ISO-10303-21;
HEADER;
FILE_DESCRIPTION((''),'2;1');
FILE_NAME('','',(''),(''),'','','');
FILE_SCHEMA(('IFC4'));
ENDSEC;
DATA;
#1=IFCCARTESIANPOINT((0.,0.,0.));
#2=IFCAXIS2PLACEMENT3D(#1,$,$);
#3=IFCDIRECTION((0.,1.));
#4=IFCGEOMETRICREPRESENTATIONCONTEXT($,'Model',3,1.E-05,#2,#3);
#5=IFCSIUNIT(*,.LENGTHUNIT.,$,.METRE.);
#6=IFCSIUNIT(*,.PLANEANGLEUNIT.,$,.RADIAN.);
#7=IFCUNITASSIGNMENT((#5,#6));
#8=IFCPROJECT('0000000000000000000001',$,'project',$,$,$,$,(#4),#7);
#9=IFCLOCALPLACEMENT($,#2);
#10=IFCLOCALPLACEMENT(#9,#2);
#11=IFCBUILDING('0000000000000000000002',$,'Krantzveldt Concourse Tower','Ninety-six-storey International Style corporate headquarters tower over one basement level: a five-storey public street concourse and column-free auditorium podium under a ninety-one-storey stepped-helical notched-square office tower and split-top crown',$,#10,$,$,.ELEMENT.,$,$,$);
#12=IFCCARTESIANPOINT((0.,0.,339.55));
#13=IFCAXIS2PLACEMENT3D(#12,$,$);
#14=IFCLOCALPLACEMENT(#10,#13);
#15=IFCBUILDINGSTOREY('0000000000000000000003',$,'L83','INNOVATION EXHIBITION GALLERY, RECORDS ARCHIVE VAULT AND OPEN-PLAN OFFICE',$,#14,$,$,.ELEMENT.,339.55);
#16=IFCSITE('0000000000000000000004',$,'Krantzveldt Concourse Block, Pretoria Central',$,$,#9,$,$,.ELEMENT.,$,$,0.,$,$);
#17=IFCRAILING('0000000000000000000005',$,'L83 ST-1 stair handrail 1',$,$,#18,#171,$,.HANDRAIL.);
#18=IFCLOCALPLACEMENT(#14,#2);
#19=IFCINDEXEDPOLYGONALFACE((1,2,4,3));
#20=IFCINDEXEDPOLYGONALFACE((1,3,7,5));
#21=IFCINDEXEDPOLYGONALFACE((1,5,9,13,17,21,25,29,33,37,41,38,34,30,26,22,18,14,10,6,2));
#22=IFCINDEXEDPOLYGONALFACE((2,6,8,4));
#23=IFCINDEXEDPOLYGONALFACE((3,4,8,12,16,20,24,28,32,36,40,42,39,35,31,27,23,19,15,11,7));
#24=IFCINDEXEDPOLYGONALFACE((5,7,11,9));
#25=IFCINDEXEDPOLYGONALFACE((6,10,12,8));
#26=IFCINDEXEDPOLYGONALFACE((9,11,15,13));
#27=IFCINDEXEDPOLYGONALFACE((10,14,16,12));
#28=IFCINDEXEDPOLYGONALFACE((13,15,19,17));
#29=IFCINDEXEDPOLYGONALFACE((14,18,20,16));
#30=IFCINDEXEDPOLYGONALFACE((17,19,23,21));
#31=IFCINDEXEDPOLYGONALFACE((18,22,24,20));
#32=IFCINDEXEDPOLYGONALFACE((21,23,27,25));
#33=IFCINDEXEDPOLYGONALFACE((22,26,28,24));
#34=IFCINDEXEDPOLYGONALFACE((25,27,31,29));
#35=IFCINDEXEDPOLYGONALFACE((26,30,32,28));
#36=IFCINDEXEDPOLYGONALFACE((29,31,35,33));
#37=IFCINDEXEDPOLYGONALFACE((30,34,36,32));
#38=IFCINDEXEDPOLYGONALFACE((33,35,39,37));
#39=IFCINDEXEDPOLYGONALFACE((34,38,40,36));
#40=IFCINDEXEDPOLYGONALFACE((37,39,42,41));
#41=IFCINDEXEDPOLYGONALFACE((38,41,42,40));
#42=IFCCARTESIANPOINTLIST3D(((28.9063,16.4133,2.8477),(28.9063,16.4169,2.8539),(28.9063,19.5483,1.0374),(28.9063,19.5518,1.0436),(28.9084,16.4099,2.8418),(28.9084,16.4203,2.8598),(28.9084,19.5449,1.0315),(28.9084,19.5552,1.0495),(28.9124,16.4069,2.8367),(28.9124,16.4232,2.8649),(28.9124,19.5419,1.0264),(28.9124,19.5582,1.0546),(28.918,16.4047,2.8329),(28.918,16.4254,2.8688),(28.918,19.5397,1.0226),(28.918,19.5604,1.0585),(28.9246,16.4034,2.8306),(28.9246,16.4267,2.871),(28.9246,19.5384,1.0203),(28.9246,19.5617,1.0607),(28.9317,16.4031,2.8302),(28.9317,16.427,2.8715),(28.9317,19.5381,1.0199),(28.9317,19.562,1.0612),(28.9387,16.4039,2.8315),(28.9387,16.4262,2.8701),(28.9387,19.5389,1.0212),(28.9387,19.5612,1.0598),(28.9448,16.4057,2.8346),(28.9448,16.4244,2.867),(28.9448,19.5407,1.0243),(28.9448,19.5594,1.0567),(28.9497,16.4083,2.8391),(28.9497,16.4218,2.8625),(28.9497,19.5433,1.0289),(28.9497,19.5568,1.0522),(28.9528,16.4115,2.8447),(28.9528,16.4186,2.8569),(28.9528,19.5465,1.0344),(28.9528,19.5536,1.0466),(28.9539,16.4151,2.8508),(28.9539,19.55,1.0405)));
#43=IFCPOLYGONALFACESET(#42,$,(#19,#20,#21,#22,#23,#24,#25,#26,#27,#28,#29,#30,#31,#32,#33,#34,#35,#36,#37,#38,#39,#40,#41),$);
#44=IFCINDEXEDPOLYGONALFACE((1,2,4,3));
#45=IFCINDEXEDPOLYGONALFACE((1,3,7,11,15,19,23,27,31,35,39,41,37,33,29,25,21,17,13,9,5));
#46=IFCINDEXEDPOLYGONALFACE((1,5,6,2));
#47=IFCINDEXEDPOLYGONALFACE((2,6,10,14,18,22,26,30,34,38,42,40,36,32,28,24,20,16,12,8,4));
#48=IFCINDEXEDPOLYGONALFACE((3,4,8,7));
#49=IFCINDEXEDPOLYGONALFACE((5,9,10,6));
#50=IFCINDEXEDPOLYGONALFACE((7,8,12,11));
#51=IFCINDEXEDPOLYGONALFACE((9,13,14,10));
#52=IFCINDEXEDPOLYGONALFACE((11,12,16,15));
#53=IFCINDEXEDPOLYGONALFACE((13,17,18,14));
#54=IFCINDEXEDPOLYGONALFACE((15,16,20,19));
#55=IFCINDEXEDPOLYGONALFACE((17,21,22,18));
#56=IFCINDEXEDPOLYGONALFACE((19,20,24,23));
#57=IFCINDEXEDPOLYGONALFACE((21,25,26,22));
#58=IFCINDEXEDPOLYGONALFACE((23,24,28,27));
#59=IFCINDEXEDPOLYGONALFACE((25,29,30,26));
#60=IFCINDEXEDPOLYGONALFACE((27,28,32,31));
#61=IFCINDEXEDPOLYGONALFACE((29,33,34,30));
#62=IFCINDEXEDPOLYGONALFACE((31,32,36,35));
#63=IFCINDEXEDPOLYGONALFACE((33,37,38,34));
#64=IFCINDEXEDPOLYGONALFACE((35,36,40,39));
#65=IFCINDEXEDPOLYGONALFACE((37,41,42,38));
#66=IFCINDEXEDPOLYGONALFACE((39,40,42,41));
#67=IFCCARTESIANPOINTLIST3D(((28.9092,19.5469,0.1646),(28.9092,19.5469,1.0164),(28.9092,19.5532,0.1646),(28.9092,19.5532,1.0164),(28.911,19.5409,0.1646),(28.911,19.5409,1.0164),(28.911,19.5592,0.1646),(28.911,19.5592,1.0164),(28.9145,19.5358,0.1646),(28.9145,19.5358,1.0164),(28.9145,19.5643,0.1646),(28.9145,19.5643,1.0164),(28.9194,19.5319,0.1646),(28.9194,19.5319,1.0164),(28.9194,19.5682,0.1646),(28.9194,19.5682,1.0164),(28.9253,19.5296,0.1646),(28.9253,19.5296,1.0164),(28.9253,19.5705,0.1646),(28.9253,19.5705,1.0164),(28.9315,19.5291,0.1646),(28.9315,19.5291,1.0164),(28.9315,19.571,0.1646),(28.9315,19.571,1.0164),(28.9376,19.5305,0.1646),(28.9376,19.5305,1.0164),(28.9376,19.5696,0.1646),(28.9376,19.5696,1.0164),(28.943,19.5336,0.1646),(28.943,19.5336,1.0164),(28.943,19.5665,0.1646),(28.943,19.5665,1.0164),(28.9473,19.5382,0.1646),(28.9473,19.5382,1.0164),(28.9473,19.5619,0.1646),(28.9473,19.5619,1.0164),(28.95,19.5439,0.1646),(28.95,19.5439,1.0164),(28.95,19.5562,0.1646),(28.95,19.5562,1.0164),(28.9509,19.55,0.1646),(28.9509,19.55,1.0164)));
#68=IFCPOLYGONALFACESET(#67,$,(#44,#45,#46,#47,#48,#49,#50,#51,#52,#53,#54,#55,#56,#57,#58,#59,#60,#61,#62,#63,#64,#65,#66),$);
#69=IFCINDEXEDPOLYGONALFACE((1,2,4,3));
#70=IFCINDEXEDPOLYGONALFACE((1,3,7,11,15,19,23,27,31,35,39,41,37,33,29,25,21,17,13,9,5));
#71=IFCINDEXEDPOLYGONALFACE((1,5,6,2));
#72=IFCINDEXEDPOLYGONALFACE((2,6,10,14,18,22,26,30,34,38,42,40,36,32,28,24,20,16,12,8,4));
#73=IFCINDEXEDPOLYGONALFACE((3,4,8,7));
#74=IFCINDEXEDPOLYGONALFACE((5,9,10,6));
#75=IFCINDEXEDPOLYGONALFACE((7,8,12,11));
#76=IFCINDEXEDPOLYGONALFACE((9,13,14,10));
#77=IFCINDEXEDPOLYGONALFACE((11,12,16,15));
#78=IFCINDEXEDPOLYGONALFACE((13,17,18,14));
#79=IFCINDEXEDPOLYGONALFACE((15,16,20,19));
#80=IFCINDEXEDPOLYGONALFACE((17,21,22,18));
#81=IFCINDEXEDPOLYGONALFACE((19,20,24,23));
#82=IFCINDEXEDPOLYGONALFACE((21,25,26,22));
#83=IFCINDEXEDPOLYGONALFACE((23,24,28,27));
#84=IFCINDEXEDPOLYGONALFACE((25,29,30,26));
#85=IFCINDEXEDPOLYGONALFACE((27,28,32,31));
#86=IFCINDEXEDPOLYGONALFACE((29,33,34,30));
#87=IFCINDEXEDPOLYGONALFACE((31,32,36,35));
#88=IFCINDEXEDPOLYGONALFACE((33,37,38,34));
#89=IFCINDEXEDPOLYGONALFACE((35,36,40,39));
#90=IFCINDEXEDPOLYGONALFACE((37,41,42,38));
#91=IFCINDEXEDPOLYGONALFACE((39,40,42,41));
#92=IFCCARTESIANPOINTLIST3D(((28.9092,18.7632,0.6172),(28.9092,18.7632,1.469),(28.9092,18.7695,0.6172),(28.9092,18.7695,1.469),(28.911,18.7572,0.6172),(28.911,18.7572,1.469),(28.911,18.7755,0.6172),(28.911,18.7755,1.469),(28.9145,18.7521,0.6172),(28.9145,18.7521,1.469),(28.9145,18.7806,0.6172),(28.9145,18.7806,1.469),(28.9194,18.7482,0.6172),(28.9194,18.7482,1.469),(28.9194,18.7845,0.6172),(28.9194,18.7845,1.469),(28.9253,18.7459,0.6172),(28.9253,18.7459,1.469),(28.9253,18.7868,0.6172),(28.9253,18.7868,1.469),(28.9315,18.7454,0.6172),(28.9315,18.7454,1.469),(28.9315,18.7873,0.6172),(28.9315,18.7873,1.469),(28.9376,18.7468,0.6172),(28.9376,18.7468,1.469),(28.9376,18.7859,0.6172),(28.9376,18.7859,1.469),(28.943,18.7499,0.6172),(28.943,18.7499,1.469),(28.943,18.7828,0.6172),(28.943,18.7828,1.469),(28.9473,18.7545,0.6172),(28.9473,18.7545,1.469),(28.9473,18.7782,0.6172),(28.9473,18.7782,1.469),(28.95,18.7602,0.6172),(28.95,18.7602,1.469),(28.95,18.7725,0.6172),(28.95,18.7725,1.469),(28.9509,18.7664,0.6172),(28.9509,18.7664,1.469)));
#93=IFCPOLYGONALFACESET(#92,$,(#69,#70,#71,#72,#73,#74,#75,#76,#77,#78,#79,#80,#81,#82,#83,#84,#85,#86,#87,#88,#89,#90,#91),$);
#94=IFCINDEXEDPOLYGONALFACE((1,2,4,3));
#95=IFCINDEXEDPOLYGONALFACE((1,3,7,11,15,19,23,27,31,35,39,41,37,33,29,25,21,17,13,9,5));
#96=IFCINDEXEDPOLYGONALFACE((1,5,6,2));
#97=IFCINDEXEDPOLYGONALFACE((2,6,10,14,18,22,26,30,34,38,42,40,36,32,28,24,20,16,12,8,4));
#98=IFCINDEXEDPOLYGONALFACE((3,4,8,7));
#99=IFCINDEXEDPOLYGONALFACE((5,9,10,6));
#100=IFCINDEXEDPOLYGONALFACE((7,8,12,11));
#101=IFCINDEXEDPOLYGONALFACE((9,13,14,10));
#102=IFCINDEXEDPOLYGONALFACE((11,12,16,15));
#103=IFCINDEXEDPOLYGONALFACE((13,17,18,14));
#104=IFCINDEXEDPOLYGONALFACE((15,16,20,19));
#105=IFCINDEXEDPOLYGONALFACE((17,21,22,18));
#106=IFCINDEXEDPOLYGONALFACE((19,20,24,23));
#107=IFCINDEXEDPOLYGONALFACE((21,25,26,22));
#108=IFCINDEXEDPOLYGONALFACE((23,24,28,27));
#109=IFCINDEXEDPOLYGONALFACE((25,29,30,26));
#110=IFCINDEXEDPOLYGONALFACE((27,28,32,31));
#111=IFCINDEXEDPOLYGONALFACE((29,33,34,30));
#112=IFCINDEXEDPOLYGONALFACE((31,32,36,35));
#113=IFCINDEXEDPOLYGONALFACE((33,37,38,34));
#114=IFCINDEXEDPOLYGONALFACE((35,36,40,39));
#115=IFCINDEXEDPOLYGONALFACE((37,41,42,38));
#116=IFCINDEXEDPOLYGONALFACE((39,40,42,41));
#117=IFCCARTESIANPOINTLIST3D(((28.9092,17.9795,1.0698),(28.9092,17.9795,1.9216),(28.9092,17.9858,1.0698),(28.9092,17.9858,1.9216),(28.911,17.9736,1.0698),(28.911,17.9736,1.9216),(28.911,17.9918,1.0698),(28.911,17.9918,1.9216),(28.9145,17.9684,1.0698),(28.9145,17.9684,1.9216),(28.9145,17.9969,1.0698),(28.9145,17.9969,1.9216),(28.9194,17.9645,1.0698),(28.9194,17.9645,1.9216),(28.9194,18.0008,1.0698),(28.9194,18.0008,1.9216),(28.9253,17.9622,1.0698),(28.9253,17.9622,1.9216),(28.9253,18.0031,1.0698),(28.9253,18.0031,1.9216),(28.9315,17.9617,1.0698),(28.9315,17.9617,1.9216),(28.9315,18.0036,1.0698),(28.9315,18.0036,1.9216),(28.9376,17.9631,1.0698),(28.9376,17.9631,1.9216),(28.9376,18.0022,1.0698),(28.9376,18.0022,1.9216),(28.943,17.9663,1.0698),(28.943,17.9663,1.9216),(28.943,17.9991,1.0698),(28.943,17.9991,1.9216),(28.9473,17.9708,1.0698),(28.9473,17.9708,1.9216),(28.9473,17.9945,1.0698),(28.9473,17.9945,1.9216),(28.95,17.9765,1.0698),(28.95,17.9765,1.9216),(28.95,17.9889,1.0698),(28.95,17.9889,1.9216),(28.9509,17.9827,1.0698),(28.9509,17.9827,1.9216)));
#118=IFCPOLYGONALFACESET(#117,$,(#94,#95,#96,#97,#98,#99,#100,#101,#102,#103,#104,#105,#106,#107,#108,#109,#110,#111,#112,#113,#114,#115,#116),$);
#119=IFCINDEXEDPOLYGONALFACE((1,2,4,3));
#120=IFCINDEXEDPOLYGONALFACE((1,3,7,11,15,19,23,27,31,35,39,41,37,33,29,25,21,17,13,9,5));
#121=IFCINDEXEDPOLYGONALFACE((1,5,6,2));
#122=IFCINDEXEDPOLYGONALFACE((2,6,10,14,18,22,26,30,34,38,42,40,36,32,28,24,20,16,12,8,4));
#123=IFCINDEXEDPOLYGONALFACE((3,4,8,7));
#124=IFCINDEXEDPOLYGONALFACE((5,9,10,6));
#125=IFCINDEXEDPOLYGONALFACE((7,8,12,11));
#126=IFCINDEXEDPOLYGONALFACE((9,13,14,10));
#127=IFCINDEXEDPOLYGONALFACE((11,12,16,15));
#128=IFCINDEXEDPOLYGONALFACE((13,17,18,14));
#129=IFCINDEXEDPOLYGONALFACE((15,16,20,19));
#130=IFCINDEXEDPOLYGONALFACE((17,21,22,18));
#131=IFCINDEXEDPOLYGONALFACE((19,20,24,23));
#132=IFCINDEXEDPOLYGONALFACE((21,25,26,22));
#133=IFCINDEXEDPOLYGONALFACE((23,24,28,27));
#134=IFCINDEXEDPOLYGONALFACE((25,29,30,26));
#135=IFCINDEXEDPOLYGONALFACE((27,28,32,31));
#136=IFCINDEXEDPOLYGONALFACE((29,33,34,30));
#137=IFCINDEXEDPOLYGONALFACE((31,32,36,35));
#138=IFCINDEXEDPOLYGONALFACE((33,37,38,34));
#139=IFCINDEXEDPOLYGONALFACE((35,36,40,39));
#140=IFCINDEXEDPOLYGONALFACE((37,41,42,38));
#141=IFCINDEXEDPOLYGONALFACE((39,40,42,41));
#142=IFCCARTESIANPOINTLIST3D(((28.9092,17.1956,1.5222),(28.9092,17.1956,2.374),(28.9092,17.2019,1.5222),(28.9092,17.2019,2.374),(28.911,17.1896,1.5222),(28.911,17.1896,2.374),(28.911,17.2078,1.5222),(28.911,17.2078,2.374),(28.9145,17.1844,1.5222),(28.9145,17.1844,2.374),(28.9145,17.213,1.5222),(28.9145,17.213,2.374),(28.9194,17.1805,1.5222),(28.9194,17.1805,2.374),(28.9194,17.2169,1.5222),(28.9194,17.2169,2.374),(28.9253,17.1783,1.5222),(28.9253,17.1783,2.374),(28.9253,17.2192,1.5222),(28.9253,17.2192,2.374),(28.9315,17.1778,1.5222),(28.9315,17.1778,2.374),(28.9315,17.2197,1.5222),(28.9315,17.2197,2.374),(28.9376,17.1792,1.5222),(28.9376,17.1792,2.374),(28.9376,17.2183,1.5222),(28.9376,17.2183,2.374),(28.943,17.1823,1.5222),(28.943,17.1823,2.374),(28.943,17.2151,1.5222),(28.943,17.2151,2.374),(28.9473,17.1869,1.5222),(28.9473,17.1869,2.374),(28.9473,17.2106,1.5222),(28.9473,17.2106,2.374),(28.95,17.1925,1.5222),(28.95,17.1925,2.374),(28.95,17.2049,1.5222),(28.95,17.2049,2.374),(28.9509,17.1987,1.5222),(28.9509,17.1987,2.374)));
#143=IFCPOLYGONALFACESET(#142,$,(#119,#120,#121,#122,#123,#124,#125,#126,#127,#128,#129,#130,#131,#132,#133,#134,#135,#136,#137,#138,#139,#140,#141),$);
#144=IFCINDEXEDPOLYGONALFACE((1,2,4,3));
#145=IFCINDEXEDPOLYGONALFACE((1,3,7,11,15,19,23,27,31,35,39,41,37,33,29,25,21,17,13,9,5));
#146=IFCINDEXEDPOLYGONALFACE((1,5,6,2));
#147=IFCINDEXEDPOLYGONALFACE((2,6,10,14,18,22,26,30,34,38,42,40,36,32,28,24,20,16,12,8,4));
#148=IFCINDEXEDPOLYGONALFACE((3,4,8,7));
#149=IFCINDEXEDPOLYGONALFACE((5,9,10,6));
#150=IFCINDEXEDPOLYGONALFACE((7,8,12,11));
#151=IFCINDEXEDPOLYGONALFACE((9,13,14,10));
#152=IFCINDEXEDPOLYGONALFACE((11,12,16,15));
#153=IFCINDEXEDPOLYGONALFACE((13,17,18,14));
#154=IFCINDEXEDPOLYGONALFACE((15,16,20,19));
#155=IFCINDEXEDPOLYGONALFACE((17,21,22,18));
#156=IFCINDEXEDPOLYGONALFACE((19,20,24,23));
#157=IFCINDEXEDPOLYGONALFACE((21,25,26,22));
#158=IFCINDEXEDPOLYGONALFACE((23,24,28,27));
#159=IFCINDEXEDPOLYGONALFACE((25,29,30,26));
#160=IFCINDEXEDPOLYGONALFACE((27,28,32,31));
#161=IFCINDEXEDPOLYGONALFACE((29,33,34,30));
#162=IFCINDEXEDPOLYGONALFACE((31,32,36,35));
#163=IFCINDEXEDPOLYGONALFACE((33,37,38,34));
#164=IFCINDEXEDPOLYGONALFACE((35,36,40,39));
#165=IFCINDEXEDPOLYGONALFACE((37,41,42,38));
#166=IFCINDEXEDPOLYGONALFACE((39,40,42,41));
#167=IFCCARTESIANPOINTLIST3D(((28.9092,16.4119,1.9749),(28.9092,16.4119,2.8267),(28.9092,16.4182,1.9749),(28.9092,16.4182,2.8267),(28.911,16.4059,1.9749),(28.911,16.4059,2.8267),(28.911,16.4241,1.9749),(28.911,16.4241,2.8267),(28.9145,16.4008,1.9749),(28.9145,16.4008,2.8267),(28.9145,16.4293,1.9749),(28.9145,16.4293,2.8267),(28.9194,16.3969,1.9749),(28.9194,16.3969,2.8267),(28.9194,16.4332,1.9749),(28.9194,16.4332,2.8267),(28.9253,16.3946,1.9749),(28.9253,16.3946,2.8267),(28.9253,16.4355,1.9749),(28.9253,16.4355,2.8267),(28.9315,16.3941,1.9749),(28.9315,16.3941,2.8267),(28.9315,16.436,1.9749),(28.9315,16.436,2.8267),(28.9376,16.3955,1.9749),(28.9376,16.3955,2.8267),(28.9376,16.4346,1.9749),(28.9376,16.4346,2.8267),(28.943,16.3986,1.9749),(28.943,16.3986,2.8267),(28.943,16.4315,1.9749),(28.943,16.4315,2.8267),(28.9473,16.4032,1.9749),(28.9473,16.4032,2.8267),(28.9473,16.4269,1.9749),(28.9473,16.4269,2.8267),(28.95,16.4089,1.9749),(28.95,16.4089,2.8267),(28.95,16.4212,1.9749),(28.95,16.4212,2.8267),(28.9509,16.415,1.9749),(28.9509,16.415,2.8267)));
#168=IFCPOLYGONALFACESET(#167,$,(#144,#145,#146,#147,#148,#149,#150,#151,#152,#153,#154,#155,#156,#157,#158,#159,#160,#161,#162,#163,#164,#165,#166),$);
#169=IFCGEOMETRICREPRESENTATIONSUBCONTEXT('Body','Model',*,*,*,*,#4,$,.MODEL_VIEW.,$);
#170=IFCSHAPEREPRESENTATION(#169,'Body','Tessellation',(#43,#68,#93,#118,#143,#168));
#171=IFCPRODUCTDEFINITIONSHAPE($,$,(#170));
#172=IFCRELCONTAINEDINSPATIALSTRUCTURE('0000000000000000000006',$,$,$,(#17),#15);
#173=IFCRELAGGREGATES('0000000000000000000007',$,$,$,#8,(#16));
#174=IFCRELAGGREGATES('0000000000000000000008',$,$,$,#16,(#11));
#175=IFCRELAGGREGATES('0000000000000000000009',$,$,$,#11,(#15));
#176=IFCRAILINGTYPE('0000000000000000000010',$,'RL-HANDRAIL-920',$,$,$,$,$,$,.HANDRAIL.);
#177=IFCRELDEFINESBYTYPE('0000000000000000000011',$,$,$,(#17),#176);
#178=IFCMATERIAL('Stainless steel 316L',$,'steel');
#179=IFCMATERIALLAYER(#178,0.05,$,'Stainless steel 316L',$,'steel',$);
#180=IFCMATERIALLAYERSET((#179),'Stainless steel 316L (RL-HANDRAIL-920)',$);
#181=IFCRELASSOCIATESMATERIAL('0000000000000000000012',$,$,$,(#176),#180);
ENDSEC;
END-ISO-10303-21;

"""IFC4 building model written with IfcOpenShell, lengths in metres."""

from ifc_helpers import new_model, si_unit, direction, frame, origin, origin_2d, place, context, subcontext, project, spatial, circle, extrude, material, layer, layer_set, type_object, element, save


model = new_model("IFC4")

# Units and contexts
model_context = context("Model", 3, precision=1e-05, world=origin(), true_north=direction((0.0, 1.0)))
body_context = subcontext(model_context, "Body", "Model", "MODEL_VIEW")
ifc_project = project(units=[si_unit("LENGTHUNIT", "METRE"), si_unit("PLANEANGLEUNIT", "RADIAN")], contexts=[model_context])

# Site, building, storey
site_placement = place(None, origin())
site = spatial("IfcSite", under=ifc_project, at=site_placement, Name="Krantzveldt Concourse Block, Pretoria Central", CompositionType="ELEMENT", RefElevation=0.0)
building_placement = place(site_placement, origin())
building = spatial("IfcBuilding", under=site, at=building_placement, Name="Krantzveldt Concourse Tower", Description="Ninety-six-storey International Style corporate headquarters tower over one basement level: a five-storey public street concourse and column-free auditorium podium under a ninety-one-storey stepped-helical notched-square office tower and split-top crown", CompositionType="ELEMENT")
storey_placement = place(building_placement, frame((0.0, 0.0, 339.55)))
storey = spatial("IfcBuildingStorey", under=building, at=storey_placement, Name="L83", Description="INNOVATION EXHIBITION GALLERY, RECORDS ARCHIVE VAULT AND OPEN-PLAN OFFICE", CompositionType="ELEMENT", Elevation=339.55)

# Railing
ifc_material_1 = material(Name="Stainless steel 316L", Category="steel")
ifc_layer_1 = layer(ifc_material_1, 0.05, Name="Stainless steel 316L", Category="steel")
ifc_layer_set_1 = layer_set([ifc_layer_1], Name="Stainless steel 316L (RL-HANDRAIL-920)")
railing_type_1 = type_object("IfcRailingType", Name="RL-HANDRAIL-920", PredefinedType="HANDRAIL", material=ifc_layer_set_1)
railing_1_placement = place(storey_placement, frame((28.9299, 19.55, 0.1646)))
element("IfcRailing", 1, at=railing_1_placement, inside=storey, type_object=railing_type_1, Name="L83 ST-1 stair handrail 1", PredefinedType="HANDRAIL", context=body_context, shape_type="SweptSolid", body=[
    extrude(circle(Radius=0.0239, at=origin_2d()), frame((0.0, 0.0, 0.876), z_axis=(0.0, -0.865989, 0.500063), x_axis=(1.0, 0.0, 0.0)), (0.0, 0.0, 1.0), 3.6201),
    extrude(circle(Radius=0.021, at=origin_2d()), origin(), (0.0, 0.0, 1.0), 0.8518),
    extrude(circle(Radius=0.021, at=origin_2d()), frame((0.0, -0.7837, 0.4526)), (0.0, 0.0, 1.0), 0.8518),
    extrude(circle(Radius=0.021, at=origin_2d()), frame((0.0, -1.5674, 0.9053)), (0.0, 0.0, 1.0), 0.8518),
    extrude(circle(Radius=0.021, at=origin_2d()), frame((0.0, -2.3513, 1.3577)), (0.0, 0.0, 1.0), 0.8518),
    extrude(circle(Radius=0.021, at=origin_2d()), frame((0.0, -3.135, 1.8103)), (0.0, 0.0, 1.0), 0.8518),
])

save(model, "model.ifc")
